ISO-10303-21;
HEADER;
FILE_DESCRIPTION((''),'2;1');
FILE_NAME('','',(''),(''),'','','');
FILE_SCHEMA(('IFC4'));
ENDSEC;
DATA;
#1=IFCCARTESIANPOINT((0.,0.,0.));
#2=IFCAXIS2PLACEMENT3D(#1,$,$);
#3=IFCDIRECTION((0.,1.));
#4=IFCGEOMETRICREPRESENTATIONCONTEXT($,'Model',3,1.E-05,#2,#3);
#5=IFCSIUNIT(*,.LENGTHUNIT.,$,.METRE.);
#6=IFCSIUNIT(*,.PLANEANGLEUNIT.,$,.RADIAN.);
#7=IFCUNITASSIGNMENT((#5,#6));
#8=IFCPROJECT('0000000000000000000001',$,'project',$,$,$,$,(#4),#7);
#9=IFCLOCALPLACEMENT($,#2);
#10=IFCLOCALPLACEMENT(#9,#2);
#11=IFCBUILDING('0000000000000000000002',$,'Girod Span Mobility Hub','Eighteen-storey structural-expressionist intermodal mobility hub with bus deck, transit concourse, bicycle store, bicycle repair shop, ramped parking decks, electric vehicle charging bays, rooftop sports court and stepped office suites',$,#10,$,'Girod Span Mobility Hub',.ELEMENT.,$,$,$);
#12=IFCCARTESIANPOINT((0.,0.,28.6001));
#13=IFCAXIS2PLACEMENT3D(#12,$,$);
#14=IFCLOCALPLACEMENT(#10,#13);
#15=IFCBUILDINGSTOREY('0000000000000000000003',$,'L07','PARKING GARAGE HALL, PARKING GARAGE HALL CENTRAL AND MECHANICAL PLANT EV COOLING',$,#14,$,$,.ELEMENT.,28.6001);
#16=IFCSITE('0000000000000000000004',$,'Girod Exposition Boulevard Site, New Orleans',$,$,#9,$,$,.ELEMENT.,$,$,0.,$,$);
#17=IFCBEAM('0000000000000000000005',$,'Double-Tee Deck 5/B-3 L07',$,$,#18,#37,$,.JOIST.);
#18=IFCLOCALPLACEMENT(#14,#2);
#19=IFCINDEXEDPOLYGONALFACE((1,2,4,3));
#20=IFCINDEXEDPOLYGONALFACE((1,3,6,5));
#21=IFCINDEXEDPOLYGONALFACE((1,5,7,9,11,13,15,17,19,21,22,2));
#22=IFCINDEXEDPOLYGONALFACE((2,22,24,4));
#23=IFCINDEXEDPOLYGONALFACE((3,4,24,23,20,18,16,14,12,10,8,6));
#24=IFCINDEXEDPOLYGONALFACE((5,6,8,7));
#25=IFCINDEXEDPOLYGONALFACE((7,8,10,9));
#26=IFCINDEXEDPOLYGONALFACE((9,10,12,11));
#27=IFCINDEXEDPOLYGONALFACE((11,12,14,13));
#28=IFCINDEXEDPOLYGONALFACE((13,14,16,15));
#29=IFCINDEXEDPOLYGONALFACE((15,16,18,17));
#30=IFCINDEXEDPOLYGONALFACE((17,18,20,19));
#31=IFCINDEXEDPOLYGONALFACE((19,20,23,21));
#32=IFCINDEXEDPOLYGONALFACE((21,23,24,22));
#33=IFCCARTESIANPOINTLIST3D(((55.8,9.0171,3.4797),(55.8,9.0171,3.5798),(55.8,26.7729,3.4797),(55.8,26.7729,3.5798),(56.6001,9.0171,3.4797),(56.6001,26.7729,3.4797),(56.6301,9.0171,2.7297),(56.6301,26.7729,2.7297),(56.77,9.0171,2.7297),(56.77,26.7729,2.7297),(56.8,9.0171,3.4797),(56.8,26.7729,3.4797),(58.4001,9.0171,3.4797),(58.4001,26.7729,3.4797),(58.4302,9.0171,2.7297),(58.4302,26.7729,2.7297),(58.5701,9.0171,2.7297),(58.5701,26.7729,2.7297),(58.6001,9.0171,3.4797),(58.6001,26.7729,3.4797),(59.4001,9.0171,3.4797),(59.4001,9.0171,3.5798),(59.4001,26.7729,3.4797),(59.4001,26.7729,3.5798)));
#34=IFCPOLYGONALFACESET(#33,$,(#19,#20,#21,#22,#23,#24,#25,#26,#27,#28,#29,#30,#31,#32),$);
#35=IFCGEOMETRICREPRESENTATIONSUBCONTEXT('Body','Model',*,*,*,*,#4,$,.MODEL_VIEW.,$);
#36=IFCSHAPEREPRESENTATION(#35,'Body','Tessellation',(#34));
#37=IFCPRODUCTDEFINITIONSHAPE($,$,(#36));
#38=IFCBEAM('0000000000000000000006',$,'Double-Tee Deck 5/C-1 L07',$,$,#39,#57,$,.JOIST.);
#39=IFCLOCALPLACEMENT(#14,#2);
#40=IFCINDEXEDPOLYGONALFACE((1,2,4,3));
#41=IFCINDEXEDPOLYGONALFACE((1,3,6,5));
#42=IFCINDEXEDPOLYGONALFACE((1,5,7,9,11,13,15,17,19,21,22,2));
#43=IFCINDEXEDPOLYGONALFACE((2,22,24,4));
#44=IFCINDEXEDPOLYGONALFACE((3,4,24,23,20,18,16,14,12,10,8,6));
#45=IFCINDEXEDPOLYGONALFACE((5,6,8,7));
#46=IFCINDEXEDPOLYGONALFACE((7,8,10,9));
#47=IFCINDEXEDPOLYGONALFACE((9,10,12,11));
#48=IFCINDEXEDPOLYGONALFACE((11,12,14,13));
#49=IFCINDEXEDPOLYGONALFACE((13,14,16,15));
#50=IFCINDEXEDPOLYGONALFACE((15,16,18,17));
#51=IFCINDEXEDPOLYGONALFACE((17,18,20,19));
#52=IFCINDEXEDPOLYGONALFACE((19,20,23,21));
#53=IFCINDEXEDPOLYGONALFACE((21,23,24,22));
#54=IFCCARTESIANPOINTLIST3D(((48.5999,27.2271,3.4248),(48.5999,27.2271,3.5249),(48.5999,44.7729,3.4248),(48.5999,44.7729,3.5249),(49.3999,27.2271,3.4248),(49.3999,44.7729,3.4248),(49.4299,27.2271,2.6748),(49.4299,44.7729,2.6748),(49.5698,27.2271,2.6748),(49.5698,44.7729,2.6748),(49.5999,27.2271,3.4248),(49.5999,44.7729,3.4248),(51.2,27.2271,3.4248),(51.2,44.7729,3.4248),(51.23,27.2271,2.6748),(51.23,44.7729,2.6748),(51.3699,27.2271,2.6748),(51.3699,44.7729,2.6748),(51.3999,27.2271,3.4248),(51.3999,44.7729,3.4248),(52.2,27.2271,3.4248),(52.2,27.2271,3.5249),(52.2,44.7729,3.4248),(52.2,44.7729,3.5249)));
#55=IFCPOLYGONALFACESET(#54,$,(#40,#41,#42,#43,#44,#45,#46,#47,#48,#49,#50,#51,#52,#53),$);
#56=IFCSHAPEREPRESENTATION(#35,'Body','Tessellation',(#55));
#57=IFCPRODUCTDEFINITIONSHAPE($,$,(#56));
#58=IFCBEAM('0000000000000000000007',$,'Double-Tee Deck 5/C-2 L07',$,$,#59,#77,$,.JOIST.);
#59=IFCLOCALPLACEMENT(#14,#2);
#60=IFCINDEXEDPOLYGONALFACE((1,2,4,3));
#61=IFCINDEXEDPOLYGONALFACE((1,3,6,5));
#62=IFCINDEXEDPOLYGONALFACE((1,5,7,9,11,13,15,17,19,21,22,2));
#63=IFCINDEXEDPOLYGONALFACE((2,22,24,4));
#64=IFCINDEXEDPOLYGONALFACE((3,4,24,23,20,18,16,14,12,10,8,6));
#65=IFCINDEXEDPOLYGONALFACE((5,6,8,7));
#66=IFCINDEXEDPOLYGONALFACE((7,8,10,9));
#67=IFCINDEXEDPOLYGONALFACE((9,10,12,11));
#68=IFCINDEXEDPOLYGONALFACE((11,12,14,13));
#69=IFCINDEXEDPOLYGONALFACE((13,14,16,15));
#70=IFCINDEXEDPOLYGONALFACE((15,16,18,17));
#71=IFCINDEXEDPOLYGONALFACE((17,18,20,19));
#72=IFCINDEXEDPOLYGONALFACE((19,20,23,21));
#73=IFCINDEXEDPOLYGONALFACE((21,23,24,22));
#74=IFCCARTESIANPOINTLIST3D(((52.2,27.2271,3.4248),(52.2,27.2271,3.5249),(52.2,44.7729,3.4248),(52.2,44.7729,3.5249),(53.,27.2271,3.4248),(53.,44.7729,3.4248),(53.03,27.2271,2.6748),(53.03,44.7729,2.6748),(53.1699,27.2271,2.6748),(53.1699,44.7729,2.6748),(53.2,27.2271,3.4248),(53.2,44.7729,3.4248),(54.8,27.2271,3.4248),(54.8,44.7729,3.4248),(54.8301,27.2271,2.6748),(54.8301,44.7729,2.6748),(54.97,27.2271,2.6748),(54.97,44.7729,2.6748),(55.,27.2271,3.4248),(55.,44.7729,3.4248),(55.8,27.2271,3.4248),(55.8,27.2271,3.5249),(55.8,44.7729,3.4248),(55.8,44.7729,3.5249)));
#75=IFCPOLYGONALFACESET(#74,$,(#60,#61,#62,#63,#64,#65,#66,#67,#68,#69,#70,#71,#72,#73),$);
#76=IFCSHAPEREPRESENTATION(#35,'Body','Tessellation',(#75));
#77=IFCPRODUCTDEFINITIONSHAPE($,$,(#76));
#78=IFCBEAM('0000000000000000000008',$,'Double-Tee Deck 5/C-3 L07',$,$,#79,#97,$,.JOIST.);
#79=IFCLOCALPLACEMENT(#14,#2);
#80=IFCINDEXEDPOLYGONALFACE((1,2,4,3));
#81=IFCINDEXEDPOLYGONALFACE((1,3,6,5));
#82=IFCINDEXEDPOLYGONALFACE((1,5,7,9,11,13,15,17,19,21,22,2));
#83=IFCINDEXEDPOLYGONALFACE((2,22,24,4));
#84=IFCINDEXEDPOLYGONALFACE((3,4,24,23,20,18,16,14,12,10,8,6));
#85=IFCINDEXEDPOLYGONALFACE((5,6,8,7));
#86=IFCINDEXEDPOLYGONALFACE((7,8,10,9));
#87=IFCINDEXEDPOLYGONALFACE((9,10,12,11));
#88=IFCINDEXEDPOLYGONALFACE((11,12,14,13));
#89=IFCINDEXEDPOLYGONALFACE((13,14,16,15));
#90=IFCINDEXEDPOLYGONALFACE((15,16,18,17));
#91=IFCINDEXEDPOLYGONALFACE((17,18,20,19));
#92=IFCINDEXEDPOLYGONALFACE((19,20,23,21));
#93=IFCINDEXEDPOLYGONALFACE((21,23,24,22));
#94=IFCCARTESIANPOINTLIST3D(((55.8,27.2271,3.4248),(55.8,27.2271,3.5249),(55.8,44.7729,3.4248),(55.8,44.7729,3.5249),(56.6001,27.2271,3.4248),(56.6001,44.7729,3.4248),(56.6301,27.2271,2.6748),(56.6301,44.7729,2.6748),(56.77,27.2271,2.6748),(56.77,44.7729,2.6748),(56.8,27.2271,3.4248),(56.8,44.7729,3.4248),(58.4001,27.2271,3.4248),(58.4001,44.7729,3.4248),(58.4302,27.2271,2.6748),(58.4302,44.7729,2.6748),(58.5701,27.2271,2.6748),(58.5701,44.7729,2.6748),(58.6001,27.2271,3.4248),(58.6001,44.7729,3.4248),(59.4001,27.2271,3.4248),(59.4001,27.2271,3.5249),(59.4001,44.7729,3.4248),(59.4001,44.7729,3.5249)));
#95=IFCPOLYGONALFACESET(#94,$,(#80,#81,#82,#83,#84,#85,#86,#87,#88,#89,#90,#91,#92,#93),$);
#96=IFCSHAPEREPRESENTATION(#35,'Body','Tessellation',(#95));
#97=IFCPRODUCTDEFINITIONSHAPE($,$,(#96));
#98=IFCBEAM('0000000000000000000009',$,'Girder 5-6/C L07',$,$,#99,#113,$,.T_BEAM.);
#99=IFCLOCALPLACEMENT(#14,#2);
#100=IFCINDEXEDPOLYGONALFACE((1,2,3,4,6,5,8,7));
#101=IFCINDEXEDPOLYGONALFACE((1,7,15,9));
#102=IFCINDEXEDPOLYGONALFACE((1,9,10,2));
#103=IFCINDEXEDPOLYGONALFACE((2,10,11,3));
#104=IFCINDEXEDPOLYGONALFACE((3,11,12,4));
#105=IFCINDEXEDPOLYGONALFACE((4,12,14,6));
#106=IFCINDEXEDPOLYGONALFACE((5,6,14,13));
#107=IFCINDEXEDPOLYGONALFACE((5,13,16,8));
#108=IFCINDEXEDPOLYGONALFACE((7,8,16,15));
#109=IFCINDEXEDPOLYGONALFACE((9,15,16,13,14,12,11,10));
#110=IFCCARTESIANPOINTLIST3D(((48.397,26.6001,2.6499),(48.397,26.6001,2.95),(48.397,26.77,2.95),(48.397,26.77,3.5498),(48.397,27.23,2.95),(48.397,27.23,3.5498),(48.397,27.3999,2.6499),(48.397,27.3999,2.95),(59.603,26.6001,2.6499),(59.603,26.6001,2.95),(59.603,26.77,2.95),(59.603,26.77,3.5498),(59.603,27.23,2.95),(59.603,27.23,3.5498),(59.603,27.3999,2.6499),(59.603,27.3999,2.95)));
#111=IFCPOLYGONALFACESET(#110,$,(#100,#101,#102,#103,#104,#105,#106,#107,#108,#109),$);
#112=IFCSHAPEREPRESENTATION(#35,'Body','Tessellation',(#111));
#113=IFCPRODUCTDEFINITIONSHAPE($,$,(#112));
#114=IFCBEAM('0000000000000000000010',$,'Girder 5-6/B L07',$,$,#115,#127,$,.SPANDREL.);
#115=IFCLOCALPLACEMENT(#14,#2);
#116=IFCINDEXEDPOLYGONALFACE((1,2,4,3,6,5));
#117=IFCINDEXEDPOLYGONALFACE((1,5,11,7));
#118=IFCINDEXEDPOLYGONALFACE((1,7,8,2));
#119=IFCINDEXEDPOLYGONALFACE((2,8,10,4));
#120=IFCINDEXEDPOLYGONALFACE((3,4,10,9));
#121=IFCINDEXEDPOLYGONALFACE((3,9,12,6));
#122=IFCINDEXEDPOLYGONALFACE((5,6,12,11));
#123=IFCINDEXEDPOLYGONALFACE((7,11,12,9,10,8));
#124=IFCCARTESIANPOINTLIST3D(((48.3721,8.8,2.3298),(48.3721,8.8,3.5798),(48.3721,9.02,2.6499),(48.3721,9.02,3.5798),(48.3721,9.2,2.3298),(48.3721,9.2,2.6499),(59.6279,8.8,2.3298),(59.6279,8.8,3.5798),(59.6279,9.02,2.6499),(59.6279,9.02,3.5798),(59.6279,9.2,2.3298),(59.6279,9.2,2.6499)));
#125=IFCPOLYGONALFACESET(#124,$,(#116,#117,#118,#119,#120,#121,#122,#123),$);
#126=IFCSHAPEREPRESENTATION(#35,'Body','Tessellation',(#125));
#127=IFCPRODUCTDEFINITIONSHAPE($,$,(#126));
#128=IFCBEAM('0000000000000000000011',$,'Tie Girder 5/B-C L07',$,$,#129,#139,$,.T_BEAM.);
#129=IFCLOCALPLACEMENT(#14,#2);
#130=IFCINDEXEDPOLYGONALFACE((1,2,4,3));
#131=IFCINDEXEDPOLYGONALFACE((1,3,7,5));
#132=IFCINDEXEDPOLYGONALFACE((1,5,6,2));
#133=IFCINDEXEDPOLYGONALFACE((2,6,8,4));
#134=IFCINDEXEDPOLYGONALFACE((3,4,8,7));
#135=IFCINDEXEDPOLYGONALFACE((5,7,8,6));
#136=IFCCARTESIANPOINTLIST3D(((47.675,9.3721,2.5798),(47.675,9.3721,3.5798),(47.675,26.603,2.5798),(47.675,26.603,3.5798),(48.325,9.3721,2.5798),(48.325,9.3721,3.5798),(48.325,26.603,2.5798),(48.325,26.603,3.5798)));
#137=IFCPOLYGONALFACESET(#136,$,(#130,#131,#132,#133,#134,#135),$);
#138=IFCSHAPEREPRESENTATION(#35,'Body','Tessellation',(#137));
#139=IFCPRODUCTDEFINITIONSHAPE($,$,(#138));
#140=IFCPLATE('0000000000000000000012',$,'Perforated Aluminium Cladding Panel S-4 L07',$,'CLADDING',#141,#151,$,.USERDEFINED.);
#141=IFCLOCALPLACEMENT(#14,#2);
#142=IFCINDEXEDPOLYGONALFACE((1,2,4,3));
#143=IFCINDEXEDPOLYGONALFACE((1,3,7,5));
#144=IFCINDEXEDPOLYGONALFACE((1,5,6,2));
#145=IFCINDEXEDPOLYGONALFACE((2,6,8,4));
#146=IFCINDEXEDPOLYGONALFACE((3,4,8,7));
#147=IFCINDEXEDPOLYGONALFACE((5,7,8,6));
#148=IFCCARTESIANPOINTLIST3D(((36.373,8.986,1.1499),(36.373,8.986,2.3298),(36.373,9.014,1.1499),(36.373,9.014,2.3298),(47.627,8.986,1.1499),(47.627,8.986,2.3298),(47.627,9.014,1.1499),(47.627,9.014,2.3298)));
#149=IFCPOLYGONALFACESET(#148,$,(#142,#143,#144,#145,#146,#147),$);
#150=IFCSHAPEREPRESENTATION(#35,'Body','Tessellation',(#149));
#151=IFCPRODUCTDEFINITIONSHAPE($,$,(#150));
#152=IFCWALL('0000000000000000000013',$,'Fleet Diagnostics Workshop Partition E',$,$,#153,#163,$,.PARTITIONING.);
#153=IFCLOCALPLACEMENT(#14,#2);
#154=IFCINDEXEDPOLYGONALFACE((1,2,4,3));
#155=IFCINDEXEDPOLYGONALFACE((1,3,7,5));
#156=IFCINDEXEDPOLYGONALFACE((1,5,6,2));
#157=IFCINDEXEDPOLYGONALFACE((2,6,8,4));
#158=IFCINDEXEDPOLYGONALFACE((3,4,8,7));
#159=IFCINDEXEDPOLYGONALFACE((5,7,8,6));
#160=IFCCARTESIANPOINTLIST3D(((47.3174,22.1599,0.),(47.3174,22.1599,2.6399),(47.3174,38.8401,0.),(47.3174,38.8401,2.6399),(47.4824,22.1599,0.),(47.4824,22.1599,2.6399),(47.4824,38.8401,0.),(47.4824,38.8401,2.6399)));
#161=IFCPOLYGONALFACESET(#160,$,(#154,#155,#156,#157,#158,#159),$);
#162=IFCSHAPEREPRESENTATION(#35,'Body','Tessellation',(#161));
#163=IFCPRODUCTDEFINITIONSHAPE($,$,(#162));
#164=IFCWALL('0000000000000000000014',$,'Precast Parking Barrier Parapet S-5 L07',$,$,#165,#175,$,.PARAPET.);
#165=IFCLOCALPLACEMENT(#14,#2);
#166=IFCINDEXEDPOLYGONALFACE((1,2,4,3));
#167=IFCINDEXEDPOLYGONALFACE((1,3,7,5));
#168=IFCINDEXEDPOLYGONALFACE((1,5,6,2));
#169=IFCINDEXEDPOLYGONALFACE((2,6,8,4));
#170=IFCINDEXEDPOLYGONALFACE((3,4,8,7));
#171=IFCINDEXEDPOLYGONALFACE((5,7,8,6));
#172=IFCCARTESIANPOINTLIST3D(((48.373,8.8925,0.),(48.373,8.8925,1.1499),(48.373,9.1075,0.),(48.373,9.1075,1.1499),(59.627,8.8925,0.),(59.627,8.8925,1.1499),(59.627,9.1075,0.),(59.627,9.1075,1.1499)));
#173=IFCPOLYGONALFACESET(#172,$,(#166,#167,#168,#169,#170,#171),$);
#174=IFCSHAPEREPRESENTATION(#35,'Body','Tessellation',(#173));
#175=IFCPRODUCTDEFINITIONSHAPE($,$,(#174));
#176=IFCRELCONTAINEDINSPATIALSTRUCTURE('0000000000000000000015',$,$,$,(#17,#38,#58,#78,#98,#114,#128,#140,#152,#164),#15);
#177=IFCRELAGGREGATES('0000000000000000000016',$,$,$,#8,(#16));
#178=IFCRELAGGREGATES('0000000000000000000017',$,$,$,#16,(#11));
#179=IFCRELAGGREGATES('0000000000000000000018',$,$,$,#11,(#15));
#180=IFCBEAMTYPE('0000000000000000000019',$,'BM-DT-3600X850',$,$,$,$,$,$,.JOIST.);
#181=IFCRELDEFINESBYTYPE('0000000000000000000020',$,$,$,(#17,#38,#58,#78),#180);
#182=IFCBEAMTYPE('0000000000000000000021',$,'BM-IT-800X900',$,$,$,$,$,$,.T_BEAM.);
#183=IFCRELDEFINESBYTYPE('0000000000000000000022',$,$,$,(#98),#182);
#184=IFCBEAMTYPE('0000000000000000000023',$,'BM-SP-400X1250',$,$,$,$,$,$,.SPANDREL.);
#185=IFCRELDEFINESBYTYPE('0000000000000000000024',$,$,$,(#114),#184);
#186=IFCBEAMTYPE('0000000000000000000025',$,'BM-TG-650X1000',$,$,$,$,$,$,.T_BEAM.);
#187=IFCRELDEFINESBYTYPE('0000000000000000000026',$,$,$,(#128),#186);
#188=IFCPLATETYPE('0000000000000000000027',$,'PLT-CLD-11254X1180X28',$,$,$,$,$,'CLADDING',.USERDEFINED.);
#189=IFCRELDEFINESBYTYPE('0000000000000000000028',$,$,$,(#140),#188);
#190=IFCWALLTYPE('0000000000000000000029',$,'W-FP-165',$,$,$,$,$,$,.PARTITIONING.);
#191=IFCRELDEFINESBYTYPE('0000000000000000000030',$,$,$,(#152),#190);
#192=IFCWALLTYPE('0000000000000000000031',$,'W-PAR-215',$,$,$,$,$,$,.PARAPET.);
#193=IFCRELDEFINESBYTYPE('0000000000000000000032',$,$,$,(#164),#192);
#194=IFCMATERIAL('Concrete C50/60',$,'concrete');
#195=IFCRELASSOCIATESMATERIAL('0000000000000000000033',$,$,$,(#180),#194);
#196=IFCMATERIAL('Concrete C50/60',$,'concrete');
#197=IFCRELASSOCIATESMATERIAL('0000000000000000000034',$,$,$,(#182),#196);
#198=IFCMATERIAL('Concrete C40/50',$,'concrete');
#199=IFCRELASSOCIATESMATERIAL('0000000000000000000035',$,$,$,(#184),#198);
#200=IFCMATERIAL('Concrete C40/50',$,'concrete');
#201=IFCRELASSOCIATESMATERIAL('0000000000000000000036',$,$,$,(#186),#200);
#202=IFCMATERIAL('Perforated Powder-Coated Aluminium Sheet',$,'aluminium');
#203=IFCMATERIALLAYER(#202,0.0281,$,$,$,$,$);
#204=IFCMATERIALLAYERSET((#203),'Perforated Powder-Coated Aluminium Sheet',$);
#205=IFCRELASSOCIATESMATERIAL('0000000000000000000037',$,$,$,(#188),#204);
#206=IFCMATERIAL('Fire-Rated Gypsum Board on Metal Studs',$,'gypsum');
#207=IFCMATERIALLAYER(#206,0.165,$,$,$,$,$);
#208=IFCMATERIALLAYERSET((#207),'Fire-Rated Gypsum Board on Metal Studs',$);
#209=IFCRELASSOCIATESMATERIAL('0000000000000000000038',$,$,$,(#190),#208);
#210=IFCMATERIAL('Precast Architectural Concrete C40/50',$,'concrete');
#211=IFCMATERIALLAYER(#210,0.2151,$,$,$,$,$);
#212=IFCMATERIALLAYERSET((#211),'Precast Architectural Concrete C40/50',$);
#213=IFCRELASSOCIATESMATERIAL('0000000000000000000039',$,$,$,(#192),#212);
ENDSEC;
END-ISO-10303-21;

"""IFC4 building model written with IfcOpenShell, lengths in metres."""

from ifc_helpers import new_model, si_unit, direction, frame, frame_2d, origin, origin_2d, place, context, subcontext, project, spatial, polyline, rectangle, outline, extrude, material, layer, layer_set, material_profile, profile_set, type_object, element, save


model = new_model("IFC4")

# Units and contexts
model_context = context("Model", 3, precision=1e-05, world=origin(), true_north=direction((0.0, 1.0)))
body_context = subcontext(model_context, "Body", "Model", "MODEL_VIEW")
ifc_project = project(units=[si_unit("LENGTHUNIT", "METRE"), si_unit("PLANEANGLEUNIT", "RADIAN")], contexts=[model_context])

# Site, building, storey
site_placement = place(None, origin())
site = spatial("IfcSite", under=ifc_project, at=site_placement, Name="Girod Exposition Boulevard Site, New Orleans", CompositionType="ELEMENT", RefElevation=0.0)
building_placement = place(site_placement, origin())
building = spatial("IfcBuilding", under=site, at=building_placement, Name="Girod Span Mobility Hub", Description="Eighteen-storey structural-expressionist intermodal mobility hub with bus deck, transit concourse, bicycle store, bicycle repair shop, ramped parking decks, electric vehicle charging bays, rooftop sports court and stepped office suites", LongName="Girod Span Mobility Hub", CompositionType="ELEMENT")
storey_placement = place(building_placement, frame((0.0, 0.0, 28.6001)))
storey = spatial("IfcBuildingStorey", under=building, at=storey_placement, Name="L07", Description="PARKING GARAGE HALL, PARKING GARAGE HALL CENTRAL AND MECHANICAL PLANT EV COOLING", CompositionType="ELEMENT", Elevation=28.6001)

# Beams
ifc_material_1 = material(Name="Concrete C50/60", Category="concrete")
ifc_material_profile_1 = material_profile(ifc_material_1, outline(polyline([(-1.8, 0.425), (-1.8, 0.325), (-1.0, 0.325), (-0.97, -0.425), (-0.8301, -0.425), (-0.8, 0.325), (0.8, 0.325), (0.8301, -0.425), (0.97, -0.425), (1.0, 0.325), (1.8, 0.325), (1.8, 0.425), (-1.8, 0.425)])), Name="DT-3600X850")
ifc_profile_set_1 = profile_set([ifc_material_profile_1], Name="Concrete C50/60")
beam_type_1 = type_object("IfcBeamType", Name="BM-DT-3600X850", PredefinedType="JOIST", material=ifc_profile_set_1)
for number, where, z_axis, x_axis, name in (
    (1, (57.6001, 9.0171, 3.1548), (0.0, 1.0, 0.0), (-1.0, 0.0, 0.0), "Double-Tee Deck 5/B-3 L07"),
):
    element("IfcBeam", number, at=place(storey_placement, frame(where, z_axis=z_axis, x_axis=x_axis)), inside=storey, type_object=beam_type_1, Name=name, PredefinedType="JOIST", context=body_context, shape_type="SweptSolid", body=[
        extrude(outline(polyline([(-1.8, 0.425), (-1.8, 0.325), (-1.0, 0.325), (-0.97, -0.425), (-0.8301, -0.425), (-0.8, 0.325), (0.8, 0.325), (0.8301, -0.425), (0.97, -0.425), (1.0, 0.325), (1.8, 0.325), (1.8, 0.425), (-1.8, 0.425)])), origin(), (0.0, 0.0, 1.0), 17.7559),
    ])
for number, where, z_axis, x_axis, name in (
    (2, (50.3999, 27.2271, 3.0999), (0.0, 1.0, 0.0), (-1.0, 0.0, 0.0), "Double-Tee Deck 5/C-1 L07"),
    (3, (54.0, 27.2271, 3.0999), (0.0, 1.0, 0.0), (-1.0, 0.0, 0.0), "Double-Tee Deck 5/C-2 L07"),
    (4, (57.6001, 27.2271, 3.0999), (0.0, 1.0, 0.0), (-1.0, 0.0, 0.0), "Double-Tee Deck 5/C-3 L07"),
):
    element("IfcBeam", number, at=place(storey_placement, frame(where, z_axis=z_axis, x_axis=x_axis)), inside=storey, type_object=beam_type_1, Name=name, PredefinedType="JOIST", context=body_context, shape_type="SweptSolid", body=[
        extrude(outline(polyline([(-1.8, 0.425), (-1.8, 0.325), (-1.0, 0.325), (-0.97, -0.425), (-0.8301, -0.425), (-0.8, 0.325), (0.8, 0.325), (0.8301, -0.425), (0.97, -0.425), (1.0, 0.325), (1.8, 0.325), (1.8, 0.425), (-1.8, 0.425)])), origin(), (0.0, 0.0, 1.0), 17.5459),
    ])
ifc_material_2 = material(Name="Concrete C50/60", Category="concrete")
ifc_material_profile_2 = material_profile(ifc_material_2, outline(polyline([(-0.3999, -0.45), (0.3999, -0.45), (0.3999, -0.1499), (0.23, -0.1499), (0.23, 0.45), (-0.23, 0.45), (-0.23, -0.1499), (-0.3999, -0.1499), (-0.3999, -0.45)])), Name="IT-800X900")
ifc_profile_set_2 = profile_set([ifc_material_profile_2], Name="Concrete C50/60")
beam_type_2 = type_object("IfcBeamType", Name="BM-IT-800X900", PredefinedType="T_BEAM", material=ifc_profile_set_2)
beam_1_placement = place(storey_placement, frame((48.397, 27.0, 3.0999), z_axis=(1.0, 0.0, 0.0), x_axis=(0.0, 1.0, 0.0)))
element("IfcBeam", 5, at=beam_1_placement, inside=storey, type_object=beam_type_2, Name="Girder 5-6/C L07", PredefinedType="T_BEAM", context=body_context, shape_type="SweptSolid", body=[
    extrude(outline(polyline([(-0.3999, -0.45), (0.3999, -0.45), (0.3999, -0.1499), (0.23, -0.1499), (0.23, 0.45), (-0.23, 0.45), (-0.23, -0.1499), (-0.3999, -0.1499), (-0.3999, -0.45)])), origin(), (0.0, 0.0, 1.0), 11.2061),
])
ifc_material_3 = material(Name="Concrete C40/50", Category="concrete")
ifc_material_profile_3 = material_profile(ifc_material_3, outline(polyline([(-0.2, -0.625), (0.2, -0.625), (0.2, -0.3049), (0.02, -0.3049), (0.02, 0.625), (-0.2, 0.625), (-0.2, -0.625)])), Name="SP-400X1250")
ifc_profile_set_3 = profile_set([ifc_material_profile_3], Name="Concrete C40/50")
beam_type_3 = type_object("IfcBeamType", Name="BM-SP-400X1250", PredefinedType="SPANDREL", material=ifc_profile_set_3)
beam_2_placement = place(storey_placement, frame((48.3721, 9.0, 2.9548), z_axis=(1.0, 0.0, 0.0), x_axis=(0.0, 1.0, 0.0)))
element("IfcBeam", 6, at=beam_2_placement, inside=storey, type_object=beam_type_3, Name="Girder 5-6/B L07", PredefinedType="SPANDREL", context=body_context, shape_type="SweptSolid", body=[
    extrude(outline(polyline([(-0.2, -0.625), (0.2, -0.625), (0.2, -0.3049), (0.02, -0.3049), (0.02, 0.625), (-0.2, 0.625), (-0.2, -0.625)])), origin(), (0.0, 0.0, 1.0), 11.2559),
])
ifc_material_4 = material(Name="Concrete C40/50", Category="concrete")
ifc_material_profile_4 = material_profile(ifc_material_4, rectangle(XDim=0.6499, YDim=1.0, at=origin_2d()), Name="TG-650X1000")
ifc_profile_set_4 = profile_set([ifc_material_profile_4], Name="Concrete C40/50")
beam_type_4 = type_object("IfcBeamType", Name="BM-TG-650X1000", PredefinedType="T_BEAM", material=ifc_profile_set_4)
beam_3_placement = place(storey_placement, frame((48.0, 9.3721, 3.0798), z_axis=(0.0, 1.0, 0.0), x_axis=(-1.0, 0.0, 0.0)))
element("IfcBeam", 7, at=beam_3_placement, inside=storey, type_object=beam_type_4, Name="Tie Girder 5/B-C L07", PredefinedType="T_BEAM", context=body_context, shape_type="SweptSolid", body=[
    extrude(rectangle(XDim=0.6499, YDim=1.0, at=origin_2d()), origin(), (0.0, 0.0, 1.0), 17.231),
])

# Plate
ifc_material_5 = material(Name="Perforated Powder-Coated Aluminium Sheet", Category="aluminium")
ifc_layer_1 = layer(ifc_material_5, 0.0281)
ifc_layer_set_1 = layer_set([ifc_layer_1], Name="Perforated Powder-Coated Aluminium Sheet")
plate_type = type_object("IfcPlateType", Name="PLT-CLD-11254X1180X28", ElementType="CLADDING", PredefinedType="USERDEFINED", material=ifc_layer_set_1)
plate_placement = place(storey_placement, frame((42.0, 9.0, 1.1499), z_axis=(0.0, 0.0, 1.0), x_axis=(1.0, 0.0, 0.0)))
element("IfcPlate", 8, at=plate_placement, inside=storey, type_object=plate_type, Name="Perforated Aluminium Cladding Panel S-4 L07", ObjectType="CLADDING", PredefinedType="USERDEFINED", context=body_context, shape_type="SweptSolid", body=[
    extrude(rectangle(XDim=11.2539, YDim=0.0281, at=origin_2d()), origin(), (0.0, 0.0, 1.0), 1.1799),
])

# Walls
ifc_material_6 = material(Name="Fire-Rated Gypsum Board on Metal Studs", Category="gypsum")
ifc_layer_2 = layer(ifc_material_6, 0.165)
ifc_layer_set_2 = layer_set([ifc_layer_2], Name="Fire-Rated Gypsum Board on Metal Studs")
wall_type_1 = type_object("IfcWallType", Name="W-FP-165", PredefinedType="PARTITIONING", material=ifc_layer_set_2)
wall_1_placement = place(storey_placement, frame((47.3999, 22.1599, 0.0), z_axis=(0.0, 0.0, 1.0), x_axis=(0.0, 1.0, 0.0)))
element("IfcWall", 9, at=wall_1_placement, inside=storey, type_object=wall_type_1, Name="Fleet Diagnostics Workshop Partition E", PredefinedType="PARTITIONING", context=body_context, shape_type="SweptSolid", body=[
    extrude(rectangle(XDim=16.6802, YDim=0.165, at=frame_2d((8.3401, 0.0))), origin(), (0.0, 0.0, 1.0), 2.6399),
])
ifc_material_7 = material(Name="Precast Architectural Concrete C40/50", Category="concrete")
ifc_layer_3 = layer(ifc_material_7, 0.2151)
ifc_layer_set_3 = layer_set([ifc_layer_3], Name="Precast Architectural Concrete C40/50")
wall_type_2 = type_object("IfcWallType", Name="W-PAR-215", PredefinedType="PARAPET", material=ifc_layer_set_3)
wall_2_placement = place(storey_placement, frame((48.373, 9.0, 0.0), z_axis=(0.0, 0.0, 1.0), x_axis=(1.0, 0.0, 0.0)))
element("IfcWall", 10, at=wall_2_placement, inside=storey, type_object=wall_type_2, Name="Precast Parking Barrier Parapet S-5 L07", PredefinedType="PARAPET", context=body_context, shape_type="SweptSolid", body=[
    extrude(rectangle(XDim=11.2539, YDim=0.2151, at=frame_2d((5.627, 0.0))), origin(), (0.0, 0.0, 1.0), 1.1499),
])

save(model, "model.ifc")
